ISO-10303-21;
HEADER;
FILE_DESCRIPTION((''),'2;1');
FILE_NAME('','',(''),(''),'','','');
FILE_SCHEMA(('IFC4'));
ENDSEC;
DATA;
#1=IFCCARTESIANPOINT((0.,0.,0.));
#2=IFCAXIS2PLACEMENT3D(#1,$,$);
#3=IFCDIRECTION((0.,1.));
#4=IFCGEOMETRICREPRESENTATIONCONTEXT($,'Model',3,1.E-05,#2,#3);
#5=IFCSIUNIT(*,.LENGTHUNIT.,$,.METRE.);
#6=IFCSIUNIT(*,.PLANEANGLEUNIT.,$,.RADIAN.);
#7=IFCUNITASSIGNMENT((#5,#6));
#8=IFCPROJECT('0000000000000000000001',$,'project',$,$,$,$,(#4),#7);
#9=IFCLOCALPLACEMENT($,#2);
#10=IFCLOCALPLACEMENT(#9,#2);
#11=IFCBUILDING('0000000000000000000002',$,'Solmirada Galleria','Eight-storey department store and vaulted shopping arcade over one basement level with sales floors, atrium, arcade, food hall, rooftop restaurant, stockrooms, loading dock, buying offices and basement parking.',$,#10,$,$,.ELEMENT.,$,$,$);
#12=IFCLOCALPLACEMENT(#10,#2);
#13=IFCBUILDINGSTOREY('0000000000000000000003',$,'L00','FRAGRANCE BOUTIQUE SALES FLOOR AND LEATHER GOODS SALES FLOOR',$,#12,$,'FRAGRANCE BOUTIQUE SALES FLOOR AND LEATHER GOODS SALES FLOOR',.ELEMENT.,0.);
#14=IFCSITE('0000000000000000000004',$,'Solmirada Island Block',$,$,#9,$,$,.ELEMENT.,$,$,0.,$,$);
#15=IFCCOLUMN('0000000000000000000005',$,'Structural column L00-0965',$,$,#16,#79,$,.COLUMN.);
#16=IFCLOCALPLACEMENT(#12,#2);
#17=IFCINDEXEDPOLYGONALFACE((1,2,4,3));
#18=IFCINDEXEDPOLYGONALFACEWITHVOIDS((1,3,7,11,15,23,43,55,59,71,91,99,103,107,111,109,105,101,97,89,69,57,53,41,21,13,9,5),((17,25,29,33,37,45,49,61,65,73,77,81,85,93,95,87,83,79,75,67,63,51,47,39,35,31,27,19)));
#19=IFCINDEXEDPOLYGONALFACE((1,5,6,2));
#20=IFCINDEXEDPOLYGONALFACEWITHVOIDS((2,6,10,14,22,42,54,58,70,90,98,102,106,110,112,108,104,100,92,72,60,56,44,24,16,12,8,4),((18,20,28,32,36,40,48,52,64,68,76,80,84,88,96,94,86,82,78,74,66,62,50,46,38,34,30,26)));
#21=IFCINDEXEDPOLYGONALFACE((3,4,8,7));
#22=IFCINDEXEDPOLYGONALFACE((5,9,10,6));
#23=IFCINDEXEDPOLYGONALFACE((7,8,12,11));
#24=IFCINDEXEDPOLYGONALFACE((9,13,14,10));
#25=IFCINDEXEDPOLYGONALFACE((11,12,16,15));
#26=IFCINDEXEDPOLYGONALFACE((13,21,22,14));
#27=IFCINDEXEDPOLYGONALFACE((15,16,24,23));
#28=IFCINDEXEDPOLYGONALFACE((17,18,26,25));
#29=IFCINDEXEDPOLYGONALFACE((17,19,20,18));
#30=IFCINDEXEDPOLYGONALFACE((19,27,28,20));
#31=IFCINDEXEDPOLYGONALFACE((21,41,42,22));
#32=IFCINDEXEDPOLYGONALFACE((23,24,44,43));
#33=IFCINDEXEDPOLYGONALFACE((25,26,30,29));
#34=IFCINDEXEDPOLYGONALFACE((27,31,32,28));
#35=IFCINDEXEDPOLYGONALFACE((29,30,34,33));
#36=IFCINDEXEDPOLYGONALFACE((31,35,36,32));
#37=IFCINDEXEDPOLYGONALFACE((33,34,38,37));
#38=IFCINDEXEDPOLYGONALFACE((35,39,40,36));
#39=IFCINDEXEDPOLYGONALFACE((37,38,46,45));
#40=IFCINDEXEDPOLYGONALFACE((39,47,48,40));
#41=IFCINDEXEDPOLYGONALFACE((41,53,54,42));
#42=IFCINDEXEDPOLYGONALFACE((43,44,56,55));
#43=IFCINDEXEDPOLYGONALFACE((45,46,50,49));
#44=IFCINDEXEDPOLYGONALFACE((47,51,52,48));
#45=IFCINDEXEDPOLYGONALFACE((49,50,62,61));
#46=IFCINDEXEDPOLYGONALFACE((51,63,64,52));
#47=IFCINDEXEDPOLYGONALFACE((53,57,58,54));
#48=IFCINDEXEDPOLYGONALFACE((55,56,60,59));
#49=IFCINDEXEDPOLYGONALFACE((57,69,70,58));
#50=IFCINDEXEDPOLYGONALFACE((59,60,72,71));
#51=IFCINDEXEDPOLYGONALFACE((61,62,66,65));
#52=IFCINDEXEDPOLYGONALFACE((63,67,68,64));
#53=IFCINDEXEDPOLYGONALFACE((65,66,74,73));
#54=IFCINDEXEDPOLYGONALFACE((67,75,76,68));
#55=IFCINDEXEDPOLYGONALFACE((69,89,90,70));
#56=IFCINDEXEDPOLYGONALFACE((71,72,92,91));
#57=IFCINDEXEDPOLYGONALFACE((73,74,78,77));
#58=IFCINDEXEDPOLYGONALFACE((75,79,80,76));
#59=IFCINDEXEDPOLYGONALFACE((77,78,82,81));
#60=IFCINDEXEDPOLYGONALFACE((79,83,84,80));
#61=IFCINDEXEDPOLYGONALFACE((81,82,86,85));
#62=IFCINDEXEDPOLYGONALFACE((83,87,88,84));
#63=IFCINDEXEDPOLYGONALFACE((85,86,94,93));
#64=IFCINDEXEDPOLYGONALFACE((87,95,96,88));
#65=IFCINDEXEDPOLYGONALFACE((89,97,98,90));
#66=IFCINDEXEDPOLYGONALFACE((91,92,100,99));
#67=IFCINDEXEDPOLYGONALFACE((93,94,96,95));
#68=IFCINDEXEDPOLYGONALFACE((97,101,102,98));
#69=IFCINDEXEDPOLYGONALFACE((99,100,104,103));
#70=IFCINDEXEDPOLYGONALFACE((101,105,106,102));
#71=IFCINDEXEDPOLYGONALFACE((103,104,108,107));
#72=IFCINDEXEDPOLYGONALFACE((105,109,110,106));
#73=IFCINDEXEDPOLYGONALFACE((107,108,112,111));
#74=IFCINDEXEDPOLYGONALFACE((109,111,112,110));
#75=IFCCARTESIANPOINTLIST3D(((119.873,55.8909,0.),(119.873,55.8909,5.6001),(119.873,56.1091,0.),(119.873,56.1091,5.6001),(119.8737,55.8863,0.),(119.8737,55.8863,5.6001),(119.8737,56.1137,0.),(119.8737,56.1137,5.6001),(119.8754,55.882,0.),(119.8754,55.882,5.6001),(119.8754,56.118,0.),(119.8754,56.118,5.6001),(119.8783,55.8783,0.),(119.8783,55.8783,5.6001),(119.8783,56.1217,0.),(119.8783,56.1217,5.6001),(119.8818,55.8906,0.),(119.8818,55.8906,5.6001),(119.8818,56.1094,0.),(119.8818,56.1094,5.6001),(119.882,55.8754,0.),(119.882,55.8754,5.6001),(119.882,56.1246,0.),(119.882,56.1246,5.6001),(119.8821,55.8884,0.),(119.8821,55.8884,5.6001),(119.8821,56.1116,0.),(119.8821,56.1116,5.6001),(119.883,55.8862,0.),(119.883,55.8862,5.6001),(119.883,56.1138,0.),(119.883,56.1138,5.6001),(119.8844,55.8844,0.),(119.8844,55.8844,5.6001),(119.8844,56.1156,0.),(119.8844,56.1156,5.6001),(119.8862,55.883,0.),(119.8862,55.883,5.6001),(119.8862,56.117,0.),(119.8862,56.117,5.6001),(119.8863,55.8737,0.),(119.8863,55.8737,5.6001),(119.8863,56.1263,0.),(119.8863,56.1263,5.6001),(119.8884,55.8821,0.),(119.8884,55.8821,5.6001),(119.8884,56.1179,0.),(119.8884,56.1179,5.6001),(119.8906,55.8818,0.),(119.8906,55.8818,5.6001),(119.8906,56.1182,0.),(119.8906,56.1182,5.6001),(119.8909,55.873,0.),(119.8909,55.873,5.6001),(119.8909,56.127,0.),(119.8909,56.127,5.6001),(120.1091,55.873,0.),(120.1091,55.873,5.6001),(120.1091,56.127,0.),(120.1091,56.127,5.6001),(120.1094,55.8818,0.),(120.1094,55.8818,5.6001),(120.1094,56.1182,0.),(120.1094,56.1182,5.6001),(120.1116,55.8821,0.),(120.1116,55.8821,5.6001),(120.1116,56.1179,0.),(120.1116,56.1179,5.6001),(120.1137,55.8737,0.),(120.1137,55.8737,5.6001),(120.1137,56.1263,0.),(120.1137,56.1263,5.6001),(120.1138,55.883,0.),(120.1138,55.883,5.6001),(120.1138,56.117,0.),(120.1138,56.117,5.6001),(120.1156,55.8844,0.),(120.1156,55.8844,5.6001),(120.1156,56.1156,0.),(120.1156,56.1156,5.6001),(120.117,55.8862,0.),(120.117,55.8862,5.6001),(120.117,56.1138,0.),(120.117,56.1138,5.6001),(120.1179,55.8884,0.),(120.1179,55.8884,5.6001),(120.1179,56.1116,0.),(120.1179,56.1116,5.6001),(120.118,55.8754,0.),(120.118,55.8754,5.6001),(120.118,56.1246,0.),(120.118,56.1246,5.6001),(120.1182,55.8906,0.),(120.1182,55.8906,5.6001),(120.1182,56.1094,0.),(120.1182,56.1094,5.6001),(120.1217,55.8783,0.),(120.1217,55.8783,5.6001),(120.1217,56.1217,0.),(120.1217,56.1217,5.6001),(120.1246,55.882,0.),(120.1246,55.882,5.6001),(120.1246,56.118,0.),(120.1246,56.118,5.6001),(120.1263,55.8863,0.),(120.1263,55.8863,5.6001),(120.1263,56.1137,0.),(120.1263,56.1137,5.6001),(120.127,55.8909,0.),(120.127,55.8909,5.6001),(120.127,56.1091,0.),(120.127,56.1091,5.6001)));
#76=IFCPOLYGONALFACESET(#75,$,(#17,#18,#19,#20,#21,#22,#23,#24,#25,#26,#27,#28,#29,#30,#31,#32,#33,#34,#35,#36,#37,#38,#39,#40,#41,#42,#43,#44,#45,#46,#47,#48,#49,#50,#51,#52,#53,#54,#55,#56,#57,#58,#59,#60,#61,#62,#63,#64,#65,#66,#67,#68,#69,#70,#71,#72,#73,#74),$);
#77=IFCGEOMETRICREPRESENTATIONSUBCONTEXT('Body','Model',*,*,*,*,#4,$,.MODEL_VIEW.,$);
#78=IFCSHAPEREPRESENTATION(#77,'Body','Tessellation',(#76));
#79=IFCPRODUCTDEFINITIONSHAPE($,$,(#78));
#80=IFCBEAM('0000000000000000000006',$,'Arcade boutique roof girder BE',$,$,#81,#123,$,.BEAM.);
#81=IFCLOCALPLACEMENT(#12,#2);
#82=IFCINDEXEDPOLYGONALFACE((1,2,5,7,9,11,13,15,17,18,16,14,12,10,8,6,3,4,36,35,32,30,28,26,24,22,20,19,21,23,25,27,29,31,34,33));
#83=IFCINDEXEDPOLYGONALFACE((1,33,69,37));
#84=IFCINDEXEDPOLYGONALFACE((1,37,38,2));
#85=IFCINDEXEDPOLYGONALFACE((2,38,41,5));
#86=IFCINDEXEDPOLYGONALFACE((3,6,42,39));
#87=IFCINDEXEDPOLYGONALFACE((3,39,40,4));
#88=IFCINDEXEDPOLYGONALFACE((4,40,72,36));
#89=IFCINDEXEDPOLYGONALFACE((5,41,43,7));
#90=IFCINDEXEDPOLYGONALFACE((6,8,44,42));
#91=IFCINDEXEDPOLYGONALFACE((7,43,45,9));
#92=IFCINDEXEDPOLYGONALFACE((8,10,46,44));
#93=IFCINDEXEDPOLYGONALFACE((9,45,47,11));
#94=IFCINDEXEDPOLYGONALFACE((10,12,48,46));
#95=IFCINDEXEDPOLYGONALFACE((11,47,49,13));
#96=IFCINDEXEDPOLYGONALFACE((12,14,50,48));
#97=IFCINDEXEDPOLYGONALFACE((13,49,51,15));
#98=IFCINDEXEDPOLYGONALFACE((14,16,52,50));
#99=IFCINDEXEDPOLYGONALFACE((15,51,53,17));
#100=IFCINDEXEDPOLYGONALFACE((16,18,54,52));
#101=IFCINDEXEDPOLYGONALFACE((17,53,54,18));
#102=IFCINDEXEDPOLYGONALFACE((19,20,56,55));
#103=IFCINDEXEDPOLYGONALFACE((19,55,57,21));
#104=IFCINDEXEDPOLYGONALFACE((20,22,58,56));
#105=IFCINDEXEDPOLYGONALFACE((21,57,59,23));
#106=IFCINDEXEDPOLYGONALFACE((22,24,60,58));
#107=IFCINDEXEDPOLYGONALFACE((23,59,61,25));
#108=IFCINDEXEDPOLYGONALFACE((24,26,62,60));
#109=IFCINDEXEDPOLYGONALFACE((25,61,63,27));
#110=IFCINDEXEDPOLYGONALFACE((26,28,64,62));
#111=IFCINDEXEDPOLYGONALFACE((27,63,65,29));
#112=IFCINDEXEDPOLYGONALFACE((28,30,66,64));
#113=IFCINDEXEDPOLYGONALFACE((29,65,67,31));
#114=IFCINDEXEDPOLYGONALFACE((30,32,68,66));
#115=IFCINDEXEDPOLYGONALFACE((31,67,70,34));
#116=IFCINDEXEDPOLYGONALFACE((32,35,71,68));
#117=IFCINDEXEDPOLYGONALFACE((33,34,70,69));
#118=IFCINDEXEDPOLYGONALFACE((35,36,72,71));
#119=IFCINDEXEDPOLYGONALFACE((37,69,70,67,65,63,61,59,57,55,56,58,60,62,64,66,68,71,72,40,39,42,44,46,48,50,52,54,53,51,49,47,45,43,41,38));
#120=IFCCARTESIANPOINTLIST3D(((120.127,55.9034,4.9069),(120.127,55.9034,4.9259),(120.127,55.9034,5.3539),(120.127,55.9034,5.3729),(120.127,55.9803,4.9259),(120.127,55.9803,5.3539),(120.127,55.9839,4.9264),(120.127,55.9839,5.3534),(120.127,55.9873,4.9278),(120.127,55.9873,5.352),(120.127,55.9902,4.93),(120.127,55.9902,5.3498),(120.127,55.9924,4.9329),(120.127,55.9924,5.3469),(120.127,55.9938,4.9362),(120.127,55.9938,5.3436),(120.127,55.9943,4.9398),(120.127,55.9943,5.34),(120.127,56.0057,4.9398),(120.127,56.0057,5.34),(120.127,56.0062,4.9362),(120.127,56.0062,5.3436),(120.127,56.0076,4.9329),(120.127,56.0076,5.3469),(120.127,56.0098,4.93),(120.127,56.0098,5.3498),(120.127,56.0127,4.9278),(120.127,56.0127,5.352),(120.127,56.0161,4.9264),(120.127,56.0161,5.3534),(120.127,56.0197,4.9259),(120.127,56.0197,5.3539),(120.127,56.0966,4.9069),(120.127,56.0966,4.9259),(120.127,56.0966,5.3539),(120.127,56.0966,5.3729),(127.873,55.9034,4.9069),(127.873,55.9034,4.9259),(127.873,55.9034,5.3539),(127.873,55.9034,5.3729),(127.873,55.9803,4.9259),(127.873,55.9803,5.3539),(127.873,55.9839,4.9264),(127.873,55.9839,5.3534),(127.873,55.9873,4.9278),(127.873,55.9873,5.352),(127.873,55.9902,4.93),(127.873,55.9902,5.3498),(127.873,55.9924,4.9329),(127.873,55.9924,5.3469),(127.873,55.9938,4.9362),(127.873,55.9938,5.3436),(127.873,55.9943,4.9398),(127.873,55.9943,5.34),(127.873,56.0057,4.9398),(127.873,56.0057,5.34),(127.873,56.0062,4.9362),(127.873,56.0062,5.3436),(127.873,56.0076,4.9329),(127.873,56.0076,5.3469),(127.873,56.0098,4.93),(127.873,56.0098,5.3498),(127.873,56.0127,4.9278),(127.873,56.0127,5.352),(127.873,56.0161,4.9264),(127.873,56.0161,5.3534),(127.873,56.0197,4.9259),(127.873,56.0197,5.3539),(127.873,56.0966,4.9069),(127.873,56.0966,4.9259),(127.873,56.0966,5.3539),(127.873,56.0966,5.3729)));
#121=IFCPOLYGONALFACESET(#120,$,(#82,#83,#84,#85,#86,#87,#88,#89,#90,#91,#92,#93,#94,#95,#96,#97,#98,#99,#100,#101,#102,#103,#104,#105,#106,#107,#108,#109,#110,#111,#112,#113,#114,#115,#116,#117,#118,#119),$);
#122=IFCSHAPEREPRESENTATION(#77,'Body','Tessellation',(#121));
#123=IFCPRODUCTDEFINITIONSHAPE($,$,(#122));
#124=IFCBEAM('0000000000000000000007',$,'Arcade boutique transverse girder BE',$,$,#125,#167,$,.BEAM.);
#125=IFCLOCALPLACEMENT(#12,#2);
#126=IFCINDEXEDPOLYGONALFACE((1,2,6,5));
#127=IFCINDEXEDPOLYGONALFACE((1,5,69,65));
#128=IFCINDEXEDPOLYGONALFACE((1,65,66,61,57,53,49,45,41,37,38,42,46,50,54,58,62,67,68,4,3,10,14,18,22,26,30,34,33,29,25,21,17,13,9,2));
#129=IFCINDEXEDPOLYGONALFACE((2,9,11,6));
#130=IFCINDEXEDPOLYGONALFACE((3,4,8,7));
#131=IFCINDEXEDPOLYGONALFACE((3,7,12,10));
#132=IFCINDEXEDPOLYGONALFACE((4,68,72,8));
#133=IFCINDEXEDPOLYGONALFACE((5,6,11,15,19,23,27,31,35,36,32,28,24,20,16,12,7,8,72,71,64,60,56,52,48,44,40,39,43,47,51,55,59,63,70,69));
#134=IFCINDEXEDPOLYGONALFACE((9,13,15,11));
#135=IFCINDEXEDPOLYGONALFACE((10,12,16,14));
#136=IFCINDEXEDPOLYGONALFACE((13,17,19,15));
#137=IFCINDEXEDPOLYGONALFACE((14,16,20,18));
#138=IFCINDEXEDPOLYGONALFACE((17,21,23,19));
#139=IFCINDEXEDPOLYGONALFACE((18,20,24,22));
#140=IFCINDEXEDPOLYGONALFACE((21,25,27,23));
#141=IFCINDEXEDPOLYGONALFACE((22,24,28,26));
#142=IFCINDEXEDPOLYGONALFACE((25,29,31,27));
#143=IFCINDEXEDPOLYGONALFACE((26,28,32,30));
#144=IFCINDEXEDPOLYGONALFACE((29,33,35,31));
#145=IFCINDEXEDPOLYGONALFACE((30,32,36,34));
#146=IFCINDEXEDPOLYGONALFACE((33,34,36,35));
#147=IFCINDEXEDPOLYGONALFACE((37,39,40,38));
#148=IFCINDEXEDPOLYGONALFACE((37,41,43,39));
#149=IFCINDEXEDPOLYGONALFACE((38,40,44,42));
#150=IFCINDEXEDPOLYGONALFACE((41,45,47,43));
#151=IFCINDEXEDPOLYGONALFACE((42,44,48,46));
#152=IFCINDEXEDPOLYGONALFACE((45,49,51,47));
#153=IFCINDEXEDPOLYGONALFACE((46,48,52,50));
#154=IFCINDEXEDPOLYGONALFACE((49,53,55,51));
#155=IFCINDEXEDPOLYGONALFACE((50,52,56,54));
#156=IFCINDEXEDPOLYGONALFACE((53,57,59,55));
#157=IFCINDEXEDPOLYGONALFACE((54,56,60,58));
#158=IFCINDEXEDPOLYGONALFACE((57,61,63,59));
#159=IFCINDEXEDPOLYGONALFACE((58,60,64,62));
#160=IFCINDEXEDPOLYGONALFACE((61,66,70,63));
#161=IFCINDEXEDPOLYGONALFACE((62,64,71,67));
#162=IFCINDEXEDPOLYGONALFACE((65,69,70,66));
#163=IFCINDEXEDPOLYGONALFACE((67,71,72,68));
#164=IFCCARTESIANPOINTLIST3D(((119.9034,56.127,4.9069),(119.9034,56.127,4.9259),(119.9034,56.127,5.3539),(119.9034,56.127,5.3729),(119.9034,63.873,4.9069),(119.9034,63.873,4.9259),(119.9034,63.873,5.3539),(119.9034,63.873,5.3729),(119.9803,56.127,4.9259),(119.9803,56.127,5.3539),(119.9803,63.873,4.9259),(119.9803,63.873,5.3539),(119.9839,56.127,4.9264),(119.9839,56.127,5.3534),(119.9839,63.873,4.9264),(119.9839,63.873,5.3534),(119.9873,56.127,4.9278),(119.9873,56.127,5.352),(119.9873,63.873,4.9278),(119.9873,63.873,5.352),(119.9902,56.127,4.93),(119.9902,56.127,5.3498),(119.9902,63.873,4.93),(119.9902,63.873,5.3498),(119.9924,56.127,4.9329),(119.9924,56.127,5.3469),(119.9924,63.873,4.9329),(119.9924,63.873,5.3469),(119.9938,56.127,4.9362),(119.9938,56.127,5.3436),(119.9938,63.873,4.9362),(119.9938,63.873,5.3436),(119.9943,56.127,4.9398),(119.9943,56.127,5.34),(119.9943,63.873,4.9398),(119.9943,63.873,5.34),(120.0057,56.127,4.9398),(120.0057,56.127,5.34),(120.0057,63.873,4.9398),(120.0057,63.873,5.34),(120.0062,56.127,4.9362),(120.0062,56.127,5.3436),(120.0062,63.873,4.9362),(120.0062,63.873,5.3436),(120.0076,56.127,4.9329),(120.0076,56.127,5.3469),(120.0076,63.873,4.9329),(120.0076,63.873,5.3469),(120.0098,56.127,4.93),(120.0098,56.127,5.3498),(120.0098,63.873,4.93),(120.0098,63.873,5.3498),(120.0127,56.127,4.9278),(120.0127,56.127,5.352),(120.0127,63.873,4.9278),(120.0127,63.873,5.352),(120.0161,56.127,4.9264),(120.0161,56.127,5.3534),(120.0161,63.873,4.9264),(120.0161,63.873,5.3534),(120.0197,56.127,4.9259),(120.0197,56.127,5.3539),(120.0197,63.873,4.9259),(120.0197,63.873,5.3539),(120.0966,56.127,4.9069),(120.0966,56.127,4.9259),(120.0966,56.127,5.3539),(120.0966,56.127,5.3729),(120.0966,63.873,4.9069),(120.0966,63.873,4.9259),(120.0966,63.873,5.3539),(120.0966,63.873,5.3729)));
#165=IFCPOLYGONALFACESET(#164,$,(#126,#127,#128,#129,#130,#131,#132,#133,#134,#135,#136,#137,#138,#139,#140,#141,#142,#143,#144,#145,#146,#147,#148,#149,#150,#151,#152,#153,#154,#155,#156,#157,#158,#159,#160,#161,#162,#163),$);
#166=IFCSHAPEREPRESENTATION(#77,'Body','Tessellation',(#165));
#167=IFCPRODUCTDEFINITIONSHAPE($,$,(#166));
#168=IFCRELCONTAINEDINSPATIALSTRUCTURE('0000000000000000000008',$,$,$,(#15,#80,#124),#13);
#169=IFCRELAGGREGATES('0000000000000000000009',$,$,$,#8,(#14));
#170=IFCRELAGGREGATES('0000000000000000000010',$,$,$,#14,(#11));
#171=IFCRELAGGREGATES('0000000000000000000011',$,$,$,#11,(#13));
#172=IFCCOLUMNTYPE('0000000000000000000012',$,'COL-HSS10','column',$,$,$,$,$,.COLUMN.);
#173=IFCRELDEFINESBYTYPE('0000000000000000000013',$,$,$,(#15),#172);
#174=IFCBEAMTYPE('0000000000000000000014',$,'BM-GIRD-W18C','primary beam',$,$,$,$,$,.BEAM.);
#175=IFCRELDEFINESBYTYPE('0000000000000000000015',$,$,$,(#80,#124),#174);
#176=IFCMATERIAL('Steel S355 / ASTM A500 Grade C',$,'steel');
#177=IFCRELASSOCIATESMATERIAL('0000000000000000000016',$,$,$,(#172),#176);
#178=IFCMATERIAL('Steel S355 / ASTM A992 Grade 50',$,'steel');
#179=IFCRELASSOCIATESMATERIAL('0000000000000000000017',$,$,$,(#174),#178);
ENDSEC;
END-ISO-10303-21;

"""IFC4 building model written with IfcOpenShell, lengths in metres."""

from ifc_helpers import new_model, si_unit, direction, frame, origin, origin_2d, place, context, subcontext, project, spatial, hollow_rectangle, i_section, extrude, material, material_profile, profile_set, type_object, element, save


model = new_model("IFC4")

# Units and contexts
model_context = context("Model", 3, precision=1e-05, world=origin(), true_north=direction((0.0, 1.0)))
body_context = subcontext(model_context, "Body", "Model", "MODEL_VIEW")
ifc_project = project(units=[si_unit("LENGTHUNIT", "METRE"), si_unit("PLANEANGLEUNIT", "RADIAN")], contexts=[model_context])

# Site, building, storey
site_placement = place(None, origin())
site = spatial("IfcSite", under=ifc_project, at=site_placement, Name="Solmirada Island Block", CompositionType="ELEMENT", RefElevation=0.0)
building_placement = place(site_placement, origin())
building = spatial("IfcBuilding", under=site, at=building_placement, Name="Solmirada Galleria", Description="Eight-storey department store and vaulted shopping arcade over one basement level with sales floors, atrium, arcade, food hall, rooftop restaurant, stockrooms, loading dock, buying offices and basement parking.", CompositionType="ELEMENT")
storey_placement = place(building_placement, origin())
storey = spatial("IfcBuildingStorey", under=building, at=storey_placement, Name="L00", Description="FRAGRANCE BOUTIQUE SALES FLOOR AND LEATHER GOODS SALES FLOOR", LongName="FRAGRANCE BOUTIQUE SALES FLOOR AND LEATHER GOODS SALES FLOOR", CompositionType="ELEMENT", Elevation=0.0)

# Column
ifc_material_1 = material(Name="Steel S355 / ASTM A500 Grade C", Category="steel")
ifc_material_profile_1 = material_profile(ifc_material_1, hollow_rectangle(XDim=0.2539, YDim=0.2539, WallThickness=0.0088, InnerFilletRadius=0.0088, OuterFilletRadius=0.0178, at=origin_2d()), Name="HSS10X10X3/8")
ifc_profile_set_1 = profile_set([ifc_material_profile_1], Name="Steel S355 / ASTM A500 Grade C")
column_type = type_object("IfcColumnType", Name="COL-HSS10", Description="column", PredefinedType="COLUMN", material=ifc_profile_set_1)
column_placement = place(storey_placement, frame((120.0, 56.0, 0.0), z_axis=(0.0, 0.0, 1.0), x_axis=(1.0, 0.0, 0.0)))
element("IfcColumn", 1, at=column_placement, inside=storey, type_object=column_type, Name="Structural column L00-0965", PredefinedType="COLUMN", context=body_context, shape_type="SweptSolid", body=[
    extrude(hollow_rectangle(XDim=0.2539, YDim=0.2539, WallThickness=0.0088, InnerFilletRadius=0.0088, OuterFilletRadius=0.0178, at=origin_2d()), origin(), (0.0, 0.0, 1.0), 5.6001),
])

# Beams
ifc_material_2 = material(Name="Steel S355 / ASTM A992 Grade 50", Category="steel")
ifc_material_profile_2 = material_profile(ifc_material_2, i_section(OverallWidth=0.1931, OverallDepth=0.4661, WebThickness=0.0115, FlangeThickness=0.019, FilletRadius=0.0139, at=origin_2d()), Name="W18X65")
ifc_profile_set_2 = profile_set([ifc_material_profile_2], Name="Steel S355 / ASTM A992 Grade 50")
beam_type = type_object("IfcBeamType", Name="BM-GIRD-W18C", Description="primary beam", PredefinedType="BEAM", material=ifc_profile_set_2)
for number, where, z_axis, x_axis, name in (
    (2, (120.127, 56.0, 5.1399), (1.0, 0.0, 0.0), (0.0, 1.0, 0.0), "Arcade boutique roof girder BE"),
    (3, (120.0, 56.127, 5.1399), (0.0, 1.0, 0.0), (-1.0, 0.0, 0.0), "Arcade boutique transverse girder BE"),
):
    element("IfcBeam", number, at=place(storey_placement, frame(where, z_axis=z_axis, x_axis=x_axis)), inside=storey, type_object=beam_type, Name=name, PredefinedType="BEAM", context=body_context, shape_type="SweptSolid", body=[
        extrude(i_section(OverallWidth=0.1931, OverallDepth=0.4661, WebThickness=0.0115, FlangeThickness=0.019, FilletRadius=0.0139, at=origin_2d()), origin(), (0.0, 0.0, 1.0), 7.7461),
    ])

save(model, "model.ifc")
